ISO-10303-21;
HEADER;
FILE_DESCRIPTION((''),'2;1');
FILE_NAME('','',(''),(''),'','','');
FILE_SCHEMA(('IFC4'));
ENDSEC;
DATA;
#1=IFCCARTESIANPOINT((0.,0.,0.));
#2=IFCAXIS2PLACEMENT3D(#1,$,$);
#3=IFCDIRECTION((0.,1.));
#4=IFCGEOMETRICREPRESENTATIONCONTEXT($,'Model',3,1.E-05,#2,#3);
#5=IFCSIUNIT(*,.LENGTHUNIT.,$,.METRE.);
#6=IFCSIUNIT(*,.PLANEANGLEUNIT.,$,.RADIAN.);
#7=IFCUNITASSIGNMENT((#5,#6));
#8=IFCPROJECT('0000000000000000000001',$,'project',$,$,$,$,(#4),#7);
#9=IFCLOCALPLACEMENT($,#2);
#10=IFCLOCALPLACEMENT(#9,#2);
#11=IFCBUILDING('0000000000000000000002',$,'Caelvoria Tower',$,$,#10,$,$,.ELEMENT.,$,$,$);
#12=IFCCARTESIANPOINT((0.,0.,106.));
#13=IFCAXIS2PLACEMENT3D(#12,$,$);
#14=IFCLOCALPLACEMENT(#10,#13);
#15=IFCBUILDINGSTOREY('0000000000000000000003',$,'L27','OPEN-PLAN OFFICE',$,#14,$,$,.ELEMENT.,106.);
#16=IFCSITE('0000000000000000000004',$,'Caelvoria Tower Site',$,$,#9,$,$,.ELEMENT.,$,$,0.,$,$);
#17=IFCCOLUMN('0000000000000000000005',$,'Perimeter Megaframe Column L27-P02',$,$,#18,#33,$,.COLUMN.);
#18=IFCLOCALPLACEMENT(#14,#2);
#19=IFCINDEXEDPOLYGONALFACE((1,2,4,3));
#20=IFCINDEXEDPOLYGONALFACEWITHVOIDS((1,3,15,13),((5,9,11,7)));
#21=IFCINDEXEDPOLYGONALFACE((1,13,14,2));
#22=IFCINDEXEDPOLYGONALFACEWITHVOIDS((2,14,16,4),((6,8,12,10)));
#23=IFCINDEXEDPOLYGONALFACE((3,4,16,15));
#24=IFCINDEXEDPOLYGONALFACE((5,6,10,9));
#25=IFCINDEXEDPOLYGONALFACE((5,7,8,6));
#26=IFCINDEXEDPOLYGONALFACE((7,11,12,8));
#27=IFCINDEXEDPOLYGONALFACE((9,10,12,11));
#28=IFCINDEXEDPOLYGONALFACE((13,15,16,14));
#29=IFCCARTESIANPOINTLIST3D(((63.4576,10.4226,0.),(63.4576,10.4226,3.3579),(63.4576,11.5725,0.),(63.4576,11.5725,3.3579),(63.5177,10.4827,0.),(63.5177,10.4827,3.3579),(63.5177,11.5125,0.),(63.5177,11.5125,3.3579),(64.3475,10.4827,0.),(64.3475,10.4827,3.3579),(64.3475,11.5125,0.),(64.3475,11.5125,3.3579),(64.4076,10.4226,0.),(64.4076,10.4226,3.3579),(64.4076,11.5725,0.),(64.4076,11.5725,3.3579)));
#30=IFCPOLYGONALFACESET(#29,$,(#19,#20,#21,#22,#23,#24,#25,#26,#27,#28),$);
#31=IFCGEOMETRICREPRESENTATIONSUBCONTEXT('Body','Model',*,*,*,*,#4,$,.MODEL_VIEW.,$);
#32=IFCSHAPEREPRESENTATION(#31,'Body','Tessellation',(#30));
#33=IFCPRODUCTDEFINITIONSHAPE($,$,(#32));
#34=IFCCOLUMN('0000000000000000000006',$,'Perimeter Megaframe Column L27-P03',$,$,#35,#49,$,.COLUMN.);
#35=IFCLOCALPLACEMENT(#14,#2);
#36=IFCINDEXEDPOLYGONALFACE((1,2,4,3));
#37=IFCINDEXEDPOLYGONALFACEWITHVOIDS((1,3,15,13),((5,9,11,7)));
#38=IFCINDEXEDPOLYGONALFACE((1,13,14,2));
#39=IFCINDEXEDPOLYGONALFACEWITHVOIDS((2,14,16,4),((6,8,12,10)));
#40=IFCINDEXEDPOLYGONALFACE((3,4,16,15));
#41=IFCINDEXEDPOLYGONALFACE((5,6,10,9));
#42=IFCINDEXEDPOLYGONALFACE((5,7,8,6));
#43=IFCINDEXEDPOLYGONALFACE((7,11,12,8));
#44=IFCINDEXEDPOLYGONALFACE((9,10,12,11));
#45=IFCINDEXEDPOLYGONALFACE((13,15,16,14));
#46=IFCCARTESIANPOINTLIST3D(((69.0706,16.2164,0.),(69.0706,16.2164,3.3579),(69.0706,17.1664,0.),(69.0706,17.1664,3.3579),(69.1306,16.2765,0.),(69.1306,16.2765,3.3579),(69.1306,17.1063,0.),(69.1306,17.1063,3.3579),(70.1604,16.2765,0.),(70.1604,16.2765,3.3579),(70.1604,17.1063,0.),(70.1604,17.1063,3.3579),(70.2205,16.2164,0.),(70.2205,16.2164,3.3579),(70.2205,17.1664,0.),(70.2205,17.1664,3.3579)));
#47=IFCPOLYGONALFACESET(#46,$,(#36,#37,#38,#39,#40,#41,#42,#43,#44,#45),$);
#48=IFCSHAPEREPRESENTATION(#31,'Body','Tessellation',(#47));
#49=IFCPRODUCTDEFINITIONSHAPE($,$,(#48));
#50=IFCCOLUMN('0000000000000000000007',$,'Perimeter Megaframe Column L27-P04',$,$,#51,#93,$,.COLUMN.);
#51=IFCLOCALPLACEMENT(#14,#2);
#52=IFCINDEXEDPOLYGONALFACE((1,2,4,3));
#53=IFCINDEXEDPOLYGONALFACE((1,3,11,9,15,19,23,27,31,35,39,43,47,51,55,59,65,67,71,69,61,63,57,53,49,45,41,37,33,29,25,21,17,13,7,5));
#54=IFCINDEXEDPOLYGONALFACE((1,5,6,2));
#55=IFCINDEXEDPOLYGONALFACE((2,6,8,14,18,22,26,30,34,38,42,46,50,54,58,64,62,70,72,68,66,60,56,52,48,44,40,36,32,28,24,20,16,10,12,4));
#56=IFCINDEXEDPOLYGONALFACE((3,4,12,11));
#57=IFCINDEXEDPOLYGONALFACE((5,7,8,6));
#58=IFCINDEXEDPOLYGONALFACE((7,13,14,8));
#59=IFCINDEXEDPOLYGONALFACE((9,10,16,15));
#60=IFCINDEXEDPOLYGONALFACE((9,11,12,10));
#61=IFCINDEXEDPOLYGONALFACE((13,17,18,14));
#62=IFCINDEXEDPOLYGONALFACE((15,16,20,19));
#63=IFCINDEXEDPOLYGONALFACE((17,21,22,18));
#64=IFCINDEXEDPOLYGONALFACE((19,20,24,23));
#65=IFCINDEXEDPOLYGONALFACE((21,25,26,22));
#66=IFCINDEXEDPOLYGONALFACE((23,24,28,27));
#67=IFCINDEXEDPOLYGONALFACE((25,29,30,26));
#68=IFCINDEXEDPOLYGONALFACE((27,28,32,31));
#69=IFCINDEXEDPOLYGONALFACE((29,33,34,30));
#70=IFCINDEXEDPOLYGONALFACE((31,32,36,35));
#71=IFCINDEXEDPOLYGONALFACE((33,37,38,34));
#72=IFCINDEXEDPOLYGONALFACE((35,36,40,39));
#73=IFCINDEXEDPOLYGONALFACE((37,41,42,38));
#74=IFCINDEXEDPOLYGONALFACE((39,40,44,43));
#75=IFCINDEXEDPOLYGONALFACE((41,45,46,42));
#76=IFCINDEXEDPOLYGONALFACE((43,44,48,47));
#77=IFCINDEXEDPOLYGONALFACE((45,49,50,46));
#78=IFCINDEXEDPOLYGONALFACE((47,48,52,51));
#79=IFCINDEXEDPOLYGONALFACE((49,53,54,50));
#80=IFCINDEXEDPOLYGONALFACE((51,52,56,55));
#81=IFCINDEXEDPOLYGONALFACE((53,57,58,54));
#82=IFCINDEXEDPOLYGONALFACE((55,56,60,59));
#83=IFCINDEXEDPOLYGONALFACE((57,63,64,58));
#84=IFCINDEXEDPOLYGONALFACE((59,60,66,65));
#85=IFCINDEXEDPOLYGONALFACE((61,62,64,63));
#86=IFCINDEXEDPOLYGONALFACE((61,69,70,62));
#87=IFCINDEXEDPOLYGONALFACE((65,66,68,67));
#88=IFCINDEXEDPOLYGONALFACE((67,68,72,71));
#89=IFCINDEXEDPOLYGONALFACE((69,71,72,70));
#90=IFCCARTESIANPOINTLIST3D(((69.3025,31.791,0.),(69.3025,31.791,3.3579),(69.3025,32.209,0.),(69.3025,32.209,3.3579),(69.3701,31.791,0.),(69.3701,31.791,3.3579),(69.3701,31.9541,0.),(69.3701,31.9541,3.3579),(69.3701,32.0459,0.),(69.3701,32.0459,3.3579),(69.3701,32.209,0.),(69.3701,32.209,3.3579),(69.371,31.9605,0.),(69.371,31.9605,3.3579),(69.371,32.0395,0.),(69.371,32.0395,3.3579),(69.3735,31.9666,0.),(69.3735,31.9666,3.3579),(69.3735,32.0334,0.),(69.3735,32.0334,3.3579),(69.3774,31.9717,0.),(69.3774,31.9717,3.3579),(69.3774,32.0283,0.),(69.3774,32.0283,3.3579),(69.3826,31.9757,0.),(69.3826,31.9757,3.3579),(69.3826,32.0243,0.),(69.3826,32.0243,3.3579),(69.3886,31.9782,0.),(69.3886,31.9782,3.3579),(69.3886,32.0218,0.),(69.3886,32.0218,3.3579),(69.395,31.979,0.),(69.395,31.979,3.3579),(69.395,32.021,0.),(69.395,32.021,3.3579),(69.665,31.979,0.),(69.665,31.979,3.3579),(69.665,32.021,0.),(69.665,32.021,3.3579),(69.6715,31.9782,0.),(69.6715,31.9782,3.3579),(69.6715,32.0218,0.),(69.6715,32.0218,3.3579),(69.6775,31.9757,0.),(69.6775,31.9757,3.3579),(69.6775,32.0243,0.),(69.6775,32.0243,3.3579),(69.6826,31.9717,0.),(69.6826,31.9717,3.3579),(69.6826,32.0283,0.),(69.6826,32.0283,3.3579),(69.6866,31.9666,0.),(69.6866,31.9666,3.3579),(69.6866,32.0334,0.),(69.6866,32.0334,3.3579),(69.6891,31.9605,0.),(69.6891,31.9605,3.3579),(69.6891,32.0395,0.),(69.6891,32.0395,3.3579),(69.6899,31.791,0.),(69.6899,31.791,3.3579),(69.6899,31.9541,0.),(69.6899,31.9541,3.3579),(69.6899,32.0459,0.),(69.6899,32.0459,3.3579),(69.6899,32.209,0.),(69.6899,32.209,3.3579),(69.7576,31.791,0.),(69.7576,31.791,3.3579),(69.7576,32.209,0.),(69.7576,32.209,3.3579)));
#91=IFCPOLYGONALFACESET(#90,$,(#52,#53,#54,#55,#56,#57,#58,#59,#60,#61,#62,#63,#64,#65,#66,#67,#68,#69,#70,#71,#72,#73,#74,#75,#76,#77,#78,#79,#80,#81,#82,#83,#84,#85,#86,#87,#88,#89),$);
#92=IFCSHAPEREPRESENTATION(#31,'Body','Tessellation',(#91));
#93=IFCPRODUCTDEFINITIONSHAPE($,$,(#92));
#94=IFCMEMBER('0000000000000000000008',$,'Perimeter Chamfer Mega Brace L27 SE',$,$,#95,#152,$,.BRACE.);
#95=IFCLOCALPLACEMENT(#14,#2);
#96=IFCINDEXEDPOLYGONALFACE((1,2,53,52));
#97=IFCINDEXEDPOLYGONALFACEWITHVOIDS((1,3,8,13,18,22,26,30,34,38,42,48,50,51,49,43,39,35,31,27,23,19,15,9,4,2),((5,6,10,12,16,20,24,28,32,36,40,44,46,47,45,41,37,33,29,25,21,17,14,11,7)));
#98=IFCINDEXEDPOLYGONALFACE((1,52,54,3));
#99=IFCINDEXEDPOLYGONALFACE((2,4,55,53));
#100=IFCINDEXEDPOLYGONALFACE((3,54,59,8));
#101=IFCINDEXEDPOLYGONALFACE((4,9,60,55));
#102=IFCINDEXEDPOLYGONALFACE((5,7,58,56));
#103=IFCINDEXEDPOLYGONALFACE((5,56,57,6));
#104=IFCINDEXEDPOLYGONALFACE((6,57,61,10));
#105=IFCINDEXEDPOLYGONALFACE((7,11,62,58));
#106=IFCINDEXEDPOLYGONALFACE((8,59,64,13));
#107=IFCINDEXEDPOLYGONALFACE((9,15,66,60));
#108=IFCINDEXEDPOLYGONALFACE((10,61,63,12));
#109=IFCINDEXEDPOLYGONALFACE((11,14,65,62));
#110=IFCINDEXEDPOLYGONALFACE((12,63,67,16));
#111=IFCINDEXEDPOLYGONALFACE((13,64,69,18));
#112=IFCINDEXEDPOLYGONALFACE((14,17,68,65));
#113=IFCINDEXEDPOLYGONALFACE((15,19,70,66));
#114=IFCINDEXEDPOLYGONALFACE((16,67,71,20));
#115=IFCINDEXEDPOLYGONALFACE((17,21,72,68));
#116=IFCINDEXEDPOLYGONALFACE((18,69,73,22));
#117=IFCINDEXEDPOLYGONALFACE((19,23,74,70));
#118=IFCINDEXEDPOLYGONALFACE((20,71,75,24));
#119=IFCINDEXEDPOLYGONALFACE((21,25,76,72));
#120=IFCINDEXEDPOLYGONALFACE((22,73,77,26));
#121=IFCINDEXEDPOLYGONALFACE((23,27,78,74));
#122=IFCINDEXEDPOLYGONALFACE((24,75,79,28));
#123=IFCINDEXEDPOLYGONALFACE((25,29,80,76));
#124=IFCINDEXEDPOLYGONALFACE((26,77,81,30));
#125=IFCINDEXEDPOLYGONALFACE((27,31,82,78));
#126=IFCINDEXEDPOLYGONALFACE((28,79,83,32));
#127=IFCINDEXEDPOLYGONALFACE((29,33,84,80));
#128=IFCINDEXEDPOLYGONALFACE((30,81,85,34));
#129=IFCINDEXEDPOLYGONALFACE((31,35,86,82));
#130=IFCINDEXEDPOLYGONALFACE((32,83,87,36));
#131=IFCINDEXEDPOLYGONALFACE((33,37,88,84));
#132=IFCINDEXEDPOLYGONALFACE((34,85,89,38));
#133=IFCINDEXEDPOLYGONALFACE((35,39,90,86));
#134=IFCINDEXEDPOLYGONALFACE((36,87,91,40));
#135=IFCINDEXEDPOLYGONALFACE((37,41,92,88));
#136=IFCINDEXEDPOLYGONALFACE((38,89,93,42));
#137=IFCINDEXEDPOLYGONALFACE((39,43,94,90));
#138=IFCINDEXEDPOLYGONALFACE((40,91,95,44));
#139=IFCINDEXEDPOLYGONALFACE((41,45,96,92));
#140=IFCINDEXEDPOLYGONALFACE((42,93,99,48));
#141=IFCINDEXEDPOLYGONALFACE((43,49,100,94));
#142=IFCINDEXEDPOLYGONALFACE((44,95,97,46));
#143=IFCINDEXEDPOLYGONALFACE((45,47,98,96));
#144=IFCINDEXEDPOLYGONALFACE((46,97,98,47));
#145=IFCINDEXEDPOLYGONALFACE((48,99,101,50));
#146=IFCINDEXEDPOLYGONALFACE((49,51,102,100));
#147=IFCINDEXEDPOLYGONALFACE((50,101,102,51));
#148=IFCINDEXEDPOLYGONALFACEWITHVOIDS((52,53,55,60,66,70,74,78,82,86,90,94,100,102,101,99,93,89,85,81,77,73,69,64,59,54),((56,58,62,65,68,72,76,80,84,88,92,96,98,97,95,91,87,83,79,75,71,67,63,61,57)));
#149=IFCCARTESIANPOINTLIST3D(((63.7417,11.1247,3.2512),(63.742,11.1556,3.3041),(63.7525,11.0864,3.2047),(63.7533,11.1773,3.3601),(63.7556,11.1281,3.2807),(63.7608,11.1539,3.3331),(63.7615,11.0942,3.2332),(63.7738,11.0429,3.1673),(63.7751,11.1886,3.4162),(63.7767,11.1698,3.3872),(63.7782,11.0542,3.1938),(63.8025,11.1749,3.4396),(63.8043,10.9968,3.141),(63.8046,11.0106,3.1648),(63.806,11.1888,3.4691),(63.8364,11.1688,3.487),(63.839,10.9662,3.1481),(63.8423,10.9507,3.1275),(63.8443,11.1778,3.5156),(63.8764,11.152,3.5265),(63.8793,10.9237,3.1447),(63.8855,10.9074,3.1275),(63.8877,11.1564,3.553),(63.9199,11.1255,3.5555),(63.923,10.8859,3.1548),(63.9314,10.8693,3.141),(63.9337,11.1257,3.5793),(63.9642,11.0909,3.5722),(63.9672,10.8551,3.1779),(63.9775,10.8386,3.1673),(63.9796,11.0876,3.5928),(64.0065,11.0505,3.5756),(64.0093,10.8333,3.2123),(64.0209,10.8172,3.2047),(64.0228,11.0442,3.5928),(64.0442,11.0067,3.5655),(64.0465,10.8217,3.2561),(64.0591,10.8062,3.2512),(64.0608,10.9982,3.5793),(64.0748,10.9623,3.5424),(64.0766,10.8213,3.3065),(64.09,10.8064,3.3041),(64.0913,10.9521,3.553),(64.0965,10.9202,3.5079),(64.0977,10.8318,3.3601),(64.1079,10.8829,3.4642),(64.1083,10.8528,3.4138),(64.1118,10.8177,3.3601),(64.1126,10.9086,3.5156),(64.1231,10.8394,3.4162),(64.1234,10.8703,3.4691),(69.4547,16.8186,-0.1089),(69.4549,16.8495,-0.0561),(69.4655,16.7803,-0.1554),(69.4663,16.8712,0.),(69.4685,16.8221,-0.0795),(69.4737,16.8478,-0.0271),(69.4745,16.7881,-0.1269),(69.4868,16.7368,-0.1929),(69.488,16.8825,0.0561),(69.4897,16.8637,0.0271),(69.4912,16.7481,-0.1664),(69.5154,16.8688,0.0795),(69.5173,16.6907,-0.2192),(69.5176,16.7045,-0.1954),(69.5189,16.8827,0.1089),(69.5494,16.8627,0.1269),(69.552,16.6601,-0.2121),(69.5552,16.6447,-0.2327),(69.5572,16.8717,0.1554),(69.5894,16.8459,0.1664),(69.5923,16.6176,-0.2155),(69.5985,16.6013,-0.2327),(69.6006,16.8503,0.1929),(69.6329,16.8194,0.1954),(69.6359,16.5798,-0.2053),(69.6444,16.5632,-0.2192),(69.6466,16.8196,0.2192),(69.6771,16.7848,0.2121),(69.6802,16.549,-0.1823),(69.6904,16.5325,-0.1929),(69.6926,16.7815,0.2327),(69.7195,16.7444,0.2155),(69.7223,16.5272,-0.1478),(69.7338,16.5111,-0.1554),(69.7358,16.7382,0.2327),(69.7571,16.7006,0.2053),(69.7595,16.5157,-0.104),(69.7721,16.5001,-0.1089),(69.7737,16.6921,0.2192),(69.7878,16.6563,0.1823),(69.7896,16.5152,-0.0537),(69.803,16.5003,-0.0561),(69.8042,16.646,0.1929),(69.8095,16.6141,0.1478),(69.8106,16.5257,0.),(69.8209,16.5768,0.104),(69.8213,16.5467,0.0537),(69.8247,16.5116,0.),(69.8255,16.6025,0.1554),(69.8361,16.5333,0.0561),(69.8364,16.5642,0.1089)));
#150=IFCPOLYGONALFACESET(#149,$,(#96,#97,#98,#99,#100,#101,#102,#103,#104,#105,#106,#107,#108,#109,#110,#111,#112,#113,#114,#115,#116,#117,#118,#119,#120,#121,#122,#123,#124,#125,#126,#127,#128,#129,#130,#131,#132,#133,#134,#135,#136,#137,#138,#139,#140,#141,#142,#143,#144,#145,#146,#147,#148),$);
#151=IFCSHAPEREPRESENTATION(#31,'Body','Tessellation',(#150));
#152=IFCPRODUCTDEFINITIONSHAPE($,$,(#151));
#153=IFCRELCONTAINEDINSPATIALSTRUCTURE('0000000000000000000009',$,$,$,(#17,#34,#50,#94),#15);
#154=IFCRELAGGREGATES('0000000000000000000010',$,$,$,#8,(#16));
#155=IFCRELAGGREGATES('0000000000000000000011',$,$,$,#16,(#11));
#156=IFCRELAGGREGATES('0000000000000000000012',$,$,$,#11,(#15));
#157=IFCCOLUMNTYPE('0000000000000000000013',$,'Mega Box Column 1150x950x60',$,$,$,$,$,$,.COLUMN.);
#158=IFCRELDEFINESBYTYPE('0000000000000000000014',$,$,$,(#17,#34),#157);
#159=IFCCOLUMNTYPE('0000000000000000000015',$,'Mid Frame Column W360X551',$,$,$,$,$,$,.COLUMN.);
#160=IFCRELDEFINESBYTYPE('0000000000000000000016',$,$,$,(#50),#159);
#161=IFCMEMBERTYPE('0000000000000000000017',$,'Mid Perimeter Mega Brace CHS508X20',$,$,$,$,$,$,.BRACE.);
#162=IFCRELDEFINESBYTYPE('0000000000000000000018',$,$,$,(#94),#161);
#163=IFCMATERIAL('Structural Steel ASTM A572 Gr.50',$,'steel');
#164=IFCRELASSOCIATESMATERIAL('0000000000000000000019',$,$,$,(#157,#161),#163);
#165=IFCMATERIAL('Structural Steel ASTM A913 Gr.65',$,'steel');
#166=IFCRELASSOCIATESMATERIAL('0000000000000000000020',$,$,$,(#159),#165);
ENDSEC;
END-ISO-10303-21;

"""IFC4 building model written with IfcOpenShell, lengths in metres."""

from ifc_helpers import new_model, si_unit, direction, frame, origin, origin_2d, place, context, subcontext, project, spatial, hollow_rectangle, hollow_circle, i_section, extrude, material, material_profile, profile_set, type_object, element, save


model = new_model("IFC4")

# Units and contexts
model_context = context("Model", 3, precision=1e-05, world=origin(), true_north=direction((0.0, 1.0)))
body_context = subcontext(model_context, "Body", "Model", "MODEL_VIEW")
ifc_project = project(units=[si_unit("LENGTHUNIT", "METRE"), si_unit("PLANEANGLEUNIT", "RADIAN")], contexts=[model_context])

# Site, building, storey
site_placement = place(None, origin())
site = spatial("IfcSite", under=ifc_project, at=site_placement, Name="Caelvoria Tower Site", CompositionType="ELEMENT", RefElevation=0.0)
building_placement = place(site_placement, origin())
building = spatial("IfcBuilding", under=site, at=building_placement, Name="Caelvoria Tower", CompositionType="ELEMENT")
storey_placement = place(building_placement, frame((0.0, 0.0, 106.0)))
storey = spatial("IfcBuildingStorey", under=building, at=storey_placement, Name="L27", Description="OPEN-PLAN OFFICE", CompositionType="ELEMENT", Elevation=106.0)

# Columns
ifc_material_1 = material(Name="Structural Steel ASTM A572 Gr.50", Category="steel")
ifc_material_profile_1 = material_profile(ifc_material_1, hollow_rectangle(XDim=0.95, YDim=1.1499, WallThickness=0.0601, at=origin_2d()), Name="Structural Steel ASTM A572 Gr.50")
ifc_profile_set_1 = profile_set([ifc_material_profile_1], Name="BOX1150X950X60 - Structural Steel ASTM A572 Gr.50")
column_type_1 = type_object("IfcColumnType", Name="Mega Box Column 1150x950x60", PredefinedType="COLUMN", material=ifc_profile_set_1)
for number, where, z_axis, x_axis, name in (
    (1, (63.9326, 10.9976, 0.0), (0.0, 0.0, 1.0), (1.0, 0.0, 0.0), "Perimeter Megaframe Column L27-P02"),
    (2, (69.6455, 16.6914, 0.0), (0.0, 0.0, 1.0), (0.0, 1.0, 0.0), "Perimeter Megaframe Column L27-P03"),
):
    element("IfcColumn", number, at=place(storey_placement, frame(where, z_axis=z_axis, x_axis=x_axis)), inside=storey, type_object=column_type_1, Name=name, PredefinedType="COLUMN", context=body_context, shape_type="SweptSolid", body=[
        extrude(hollow_rectangle(XDim=0.95, YDim=1.1499, WallThickness=0.0601, at=origin_2d()), origin(), (0.0, 0.0, 1.0), 3.3579),
    ])
ifc_material_2 = material(Name="Structural Steel ASTM A913 Gr.65", Category="steel")
ifc_material_profile_2 = material_profile(ifc_material_2, i_section(OverallWidth=0.418, OverallDepth=0.4551, WebThickness=0.042, FlangeThickness=0.0676, FilletRadius=0.0249, at=origin_2d()), Name="Structural Steel ASTM A913 Gr.65")
ifc_profile_set_2 = profile_set([ifc_material_profile_2], Name="W360X551 - Structural Steel ASTM A913 Gr.65")
column_type_2 = type_object("IfcColumnType", Name="Mid Frame Column W360X551", PredefinedType="COLUMN", material=ifc_profile_set_2)
column_placement = place(storey_placement, frame((69.53, 32.0, 0.0), z_axis=(0.0, 0.0, 1.0), x_axis=(0.0, 1.0, 0.0)))
element("IfcColumn", 3, at=column_placement, inside=storey, type_object=column_type_2, Name="Perimeter Megaframe Column L27-P04", PredefinedType="COLUMN", context=body_context, shape_type="SweptSolid", body=[
    extrude(i_section(OverallWidth=0.418, OverallDepth=0.4551, WebThickness=0.042, FlangeThickness=0.0676, FilletRadius=0.0249, at=origin_2d()), origin(), (0.0, 0.0, 1.0), 3.3579),
])

# Member
ifc_material_profile_3 = material_profile(ifc_material_1, hollow_circle(Radius=0.2539, WallThickness=0.02, at=origin_2d()), Name="Structural Steel ASTM A572 Gr.50")
ifc_profile_set_3 = profile_set([ifc_material_profile_3], Name="CHS508X20 - Structural Steel ASTM A572 Gr.50")
member_type = type_object("IfcMemberType", Name="Mid Perimeter Mega Brace CHS508X20", PredefinedType="BRACE", material=ifc_profile_set_3)
member_1_placement = place(storey_placement, frame((69.6455, 16.6914, 0.0), z_axis=(-0.653821, -0.651642, 0.384553), x_axis=(0.705925, -0.708286, 0.0)))
element("IfcMember", 4, at=member_1_placement, inside=storey, type_object=member_type, Name="Perimeter Chamfer Mega Brace L27 SE", PredefinedType="BRACE", context=body_context, shape_type="SweptSolid", body=[
    extrude(hollow_circle(Radius=0.2539, WallThickness=0.02, at=origin_2d()), origin(), (0.0, 0.0, 1.0), 8.7378),
])

save(model, "model.ifc")
